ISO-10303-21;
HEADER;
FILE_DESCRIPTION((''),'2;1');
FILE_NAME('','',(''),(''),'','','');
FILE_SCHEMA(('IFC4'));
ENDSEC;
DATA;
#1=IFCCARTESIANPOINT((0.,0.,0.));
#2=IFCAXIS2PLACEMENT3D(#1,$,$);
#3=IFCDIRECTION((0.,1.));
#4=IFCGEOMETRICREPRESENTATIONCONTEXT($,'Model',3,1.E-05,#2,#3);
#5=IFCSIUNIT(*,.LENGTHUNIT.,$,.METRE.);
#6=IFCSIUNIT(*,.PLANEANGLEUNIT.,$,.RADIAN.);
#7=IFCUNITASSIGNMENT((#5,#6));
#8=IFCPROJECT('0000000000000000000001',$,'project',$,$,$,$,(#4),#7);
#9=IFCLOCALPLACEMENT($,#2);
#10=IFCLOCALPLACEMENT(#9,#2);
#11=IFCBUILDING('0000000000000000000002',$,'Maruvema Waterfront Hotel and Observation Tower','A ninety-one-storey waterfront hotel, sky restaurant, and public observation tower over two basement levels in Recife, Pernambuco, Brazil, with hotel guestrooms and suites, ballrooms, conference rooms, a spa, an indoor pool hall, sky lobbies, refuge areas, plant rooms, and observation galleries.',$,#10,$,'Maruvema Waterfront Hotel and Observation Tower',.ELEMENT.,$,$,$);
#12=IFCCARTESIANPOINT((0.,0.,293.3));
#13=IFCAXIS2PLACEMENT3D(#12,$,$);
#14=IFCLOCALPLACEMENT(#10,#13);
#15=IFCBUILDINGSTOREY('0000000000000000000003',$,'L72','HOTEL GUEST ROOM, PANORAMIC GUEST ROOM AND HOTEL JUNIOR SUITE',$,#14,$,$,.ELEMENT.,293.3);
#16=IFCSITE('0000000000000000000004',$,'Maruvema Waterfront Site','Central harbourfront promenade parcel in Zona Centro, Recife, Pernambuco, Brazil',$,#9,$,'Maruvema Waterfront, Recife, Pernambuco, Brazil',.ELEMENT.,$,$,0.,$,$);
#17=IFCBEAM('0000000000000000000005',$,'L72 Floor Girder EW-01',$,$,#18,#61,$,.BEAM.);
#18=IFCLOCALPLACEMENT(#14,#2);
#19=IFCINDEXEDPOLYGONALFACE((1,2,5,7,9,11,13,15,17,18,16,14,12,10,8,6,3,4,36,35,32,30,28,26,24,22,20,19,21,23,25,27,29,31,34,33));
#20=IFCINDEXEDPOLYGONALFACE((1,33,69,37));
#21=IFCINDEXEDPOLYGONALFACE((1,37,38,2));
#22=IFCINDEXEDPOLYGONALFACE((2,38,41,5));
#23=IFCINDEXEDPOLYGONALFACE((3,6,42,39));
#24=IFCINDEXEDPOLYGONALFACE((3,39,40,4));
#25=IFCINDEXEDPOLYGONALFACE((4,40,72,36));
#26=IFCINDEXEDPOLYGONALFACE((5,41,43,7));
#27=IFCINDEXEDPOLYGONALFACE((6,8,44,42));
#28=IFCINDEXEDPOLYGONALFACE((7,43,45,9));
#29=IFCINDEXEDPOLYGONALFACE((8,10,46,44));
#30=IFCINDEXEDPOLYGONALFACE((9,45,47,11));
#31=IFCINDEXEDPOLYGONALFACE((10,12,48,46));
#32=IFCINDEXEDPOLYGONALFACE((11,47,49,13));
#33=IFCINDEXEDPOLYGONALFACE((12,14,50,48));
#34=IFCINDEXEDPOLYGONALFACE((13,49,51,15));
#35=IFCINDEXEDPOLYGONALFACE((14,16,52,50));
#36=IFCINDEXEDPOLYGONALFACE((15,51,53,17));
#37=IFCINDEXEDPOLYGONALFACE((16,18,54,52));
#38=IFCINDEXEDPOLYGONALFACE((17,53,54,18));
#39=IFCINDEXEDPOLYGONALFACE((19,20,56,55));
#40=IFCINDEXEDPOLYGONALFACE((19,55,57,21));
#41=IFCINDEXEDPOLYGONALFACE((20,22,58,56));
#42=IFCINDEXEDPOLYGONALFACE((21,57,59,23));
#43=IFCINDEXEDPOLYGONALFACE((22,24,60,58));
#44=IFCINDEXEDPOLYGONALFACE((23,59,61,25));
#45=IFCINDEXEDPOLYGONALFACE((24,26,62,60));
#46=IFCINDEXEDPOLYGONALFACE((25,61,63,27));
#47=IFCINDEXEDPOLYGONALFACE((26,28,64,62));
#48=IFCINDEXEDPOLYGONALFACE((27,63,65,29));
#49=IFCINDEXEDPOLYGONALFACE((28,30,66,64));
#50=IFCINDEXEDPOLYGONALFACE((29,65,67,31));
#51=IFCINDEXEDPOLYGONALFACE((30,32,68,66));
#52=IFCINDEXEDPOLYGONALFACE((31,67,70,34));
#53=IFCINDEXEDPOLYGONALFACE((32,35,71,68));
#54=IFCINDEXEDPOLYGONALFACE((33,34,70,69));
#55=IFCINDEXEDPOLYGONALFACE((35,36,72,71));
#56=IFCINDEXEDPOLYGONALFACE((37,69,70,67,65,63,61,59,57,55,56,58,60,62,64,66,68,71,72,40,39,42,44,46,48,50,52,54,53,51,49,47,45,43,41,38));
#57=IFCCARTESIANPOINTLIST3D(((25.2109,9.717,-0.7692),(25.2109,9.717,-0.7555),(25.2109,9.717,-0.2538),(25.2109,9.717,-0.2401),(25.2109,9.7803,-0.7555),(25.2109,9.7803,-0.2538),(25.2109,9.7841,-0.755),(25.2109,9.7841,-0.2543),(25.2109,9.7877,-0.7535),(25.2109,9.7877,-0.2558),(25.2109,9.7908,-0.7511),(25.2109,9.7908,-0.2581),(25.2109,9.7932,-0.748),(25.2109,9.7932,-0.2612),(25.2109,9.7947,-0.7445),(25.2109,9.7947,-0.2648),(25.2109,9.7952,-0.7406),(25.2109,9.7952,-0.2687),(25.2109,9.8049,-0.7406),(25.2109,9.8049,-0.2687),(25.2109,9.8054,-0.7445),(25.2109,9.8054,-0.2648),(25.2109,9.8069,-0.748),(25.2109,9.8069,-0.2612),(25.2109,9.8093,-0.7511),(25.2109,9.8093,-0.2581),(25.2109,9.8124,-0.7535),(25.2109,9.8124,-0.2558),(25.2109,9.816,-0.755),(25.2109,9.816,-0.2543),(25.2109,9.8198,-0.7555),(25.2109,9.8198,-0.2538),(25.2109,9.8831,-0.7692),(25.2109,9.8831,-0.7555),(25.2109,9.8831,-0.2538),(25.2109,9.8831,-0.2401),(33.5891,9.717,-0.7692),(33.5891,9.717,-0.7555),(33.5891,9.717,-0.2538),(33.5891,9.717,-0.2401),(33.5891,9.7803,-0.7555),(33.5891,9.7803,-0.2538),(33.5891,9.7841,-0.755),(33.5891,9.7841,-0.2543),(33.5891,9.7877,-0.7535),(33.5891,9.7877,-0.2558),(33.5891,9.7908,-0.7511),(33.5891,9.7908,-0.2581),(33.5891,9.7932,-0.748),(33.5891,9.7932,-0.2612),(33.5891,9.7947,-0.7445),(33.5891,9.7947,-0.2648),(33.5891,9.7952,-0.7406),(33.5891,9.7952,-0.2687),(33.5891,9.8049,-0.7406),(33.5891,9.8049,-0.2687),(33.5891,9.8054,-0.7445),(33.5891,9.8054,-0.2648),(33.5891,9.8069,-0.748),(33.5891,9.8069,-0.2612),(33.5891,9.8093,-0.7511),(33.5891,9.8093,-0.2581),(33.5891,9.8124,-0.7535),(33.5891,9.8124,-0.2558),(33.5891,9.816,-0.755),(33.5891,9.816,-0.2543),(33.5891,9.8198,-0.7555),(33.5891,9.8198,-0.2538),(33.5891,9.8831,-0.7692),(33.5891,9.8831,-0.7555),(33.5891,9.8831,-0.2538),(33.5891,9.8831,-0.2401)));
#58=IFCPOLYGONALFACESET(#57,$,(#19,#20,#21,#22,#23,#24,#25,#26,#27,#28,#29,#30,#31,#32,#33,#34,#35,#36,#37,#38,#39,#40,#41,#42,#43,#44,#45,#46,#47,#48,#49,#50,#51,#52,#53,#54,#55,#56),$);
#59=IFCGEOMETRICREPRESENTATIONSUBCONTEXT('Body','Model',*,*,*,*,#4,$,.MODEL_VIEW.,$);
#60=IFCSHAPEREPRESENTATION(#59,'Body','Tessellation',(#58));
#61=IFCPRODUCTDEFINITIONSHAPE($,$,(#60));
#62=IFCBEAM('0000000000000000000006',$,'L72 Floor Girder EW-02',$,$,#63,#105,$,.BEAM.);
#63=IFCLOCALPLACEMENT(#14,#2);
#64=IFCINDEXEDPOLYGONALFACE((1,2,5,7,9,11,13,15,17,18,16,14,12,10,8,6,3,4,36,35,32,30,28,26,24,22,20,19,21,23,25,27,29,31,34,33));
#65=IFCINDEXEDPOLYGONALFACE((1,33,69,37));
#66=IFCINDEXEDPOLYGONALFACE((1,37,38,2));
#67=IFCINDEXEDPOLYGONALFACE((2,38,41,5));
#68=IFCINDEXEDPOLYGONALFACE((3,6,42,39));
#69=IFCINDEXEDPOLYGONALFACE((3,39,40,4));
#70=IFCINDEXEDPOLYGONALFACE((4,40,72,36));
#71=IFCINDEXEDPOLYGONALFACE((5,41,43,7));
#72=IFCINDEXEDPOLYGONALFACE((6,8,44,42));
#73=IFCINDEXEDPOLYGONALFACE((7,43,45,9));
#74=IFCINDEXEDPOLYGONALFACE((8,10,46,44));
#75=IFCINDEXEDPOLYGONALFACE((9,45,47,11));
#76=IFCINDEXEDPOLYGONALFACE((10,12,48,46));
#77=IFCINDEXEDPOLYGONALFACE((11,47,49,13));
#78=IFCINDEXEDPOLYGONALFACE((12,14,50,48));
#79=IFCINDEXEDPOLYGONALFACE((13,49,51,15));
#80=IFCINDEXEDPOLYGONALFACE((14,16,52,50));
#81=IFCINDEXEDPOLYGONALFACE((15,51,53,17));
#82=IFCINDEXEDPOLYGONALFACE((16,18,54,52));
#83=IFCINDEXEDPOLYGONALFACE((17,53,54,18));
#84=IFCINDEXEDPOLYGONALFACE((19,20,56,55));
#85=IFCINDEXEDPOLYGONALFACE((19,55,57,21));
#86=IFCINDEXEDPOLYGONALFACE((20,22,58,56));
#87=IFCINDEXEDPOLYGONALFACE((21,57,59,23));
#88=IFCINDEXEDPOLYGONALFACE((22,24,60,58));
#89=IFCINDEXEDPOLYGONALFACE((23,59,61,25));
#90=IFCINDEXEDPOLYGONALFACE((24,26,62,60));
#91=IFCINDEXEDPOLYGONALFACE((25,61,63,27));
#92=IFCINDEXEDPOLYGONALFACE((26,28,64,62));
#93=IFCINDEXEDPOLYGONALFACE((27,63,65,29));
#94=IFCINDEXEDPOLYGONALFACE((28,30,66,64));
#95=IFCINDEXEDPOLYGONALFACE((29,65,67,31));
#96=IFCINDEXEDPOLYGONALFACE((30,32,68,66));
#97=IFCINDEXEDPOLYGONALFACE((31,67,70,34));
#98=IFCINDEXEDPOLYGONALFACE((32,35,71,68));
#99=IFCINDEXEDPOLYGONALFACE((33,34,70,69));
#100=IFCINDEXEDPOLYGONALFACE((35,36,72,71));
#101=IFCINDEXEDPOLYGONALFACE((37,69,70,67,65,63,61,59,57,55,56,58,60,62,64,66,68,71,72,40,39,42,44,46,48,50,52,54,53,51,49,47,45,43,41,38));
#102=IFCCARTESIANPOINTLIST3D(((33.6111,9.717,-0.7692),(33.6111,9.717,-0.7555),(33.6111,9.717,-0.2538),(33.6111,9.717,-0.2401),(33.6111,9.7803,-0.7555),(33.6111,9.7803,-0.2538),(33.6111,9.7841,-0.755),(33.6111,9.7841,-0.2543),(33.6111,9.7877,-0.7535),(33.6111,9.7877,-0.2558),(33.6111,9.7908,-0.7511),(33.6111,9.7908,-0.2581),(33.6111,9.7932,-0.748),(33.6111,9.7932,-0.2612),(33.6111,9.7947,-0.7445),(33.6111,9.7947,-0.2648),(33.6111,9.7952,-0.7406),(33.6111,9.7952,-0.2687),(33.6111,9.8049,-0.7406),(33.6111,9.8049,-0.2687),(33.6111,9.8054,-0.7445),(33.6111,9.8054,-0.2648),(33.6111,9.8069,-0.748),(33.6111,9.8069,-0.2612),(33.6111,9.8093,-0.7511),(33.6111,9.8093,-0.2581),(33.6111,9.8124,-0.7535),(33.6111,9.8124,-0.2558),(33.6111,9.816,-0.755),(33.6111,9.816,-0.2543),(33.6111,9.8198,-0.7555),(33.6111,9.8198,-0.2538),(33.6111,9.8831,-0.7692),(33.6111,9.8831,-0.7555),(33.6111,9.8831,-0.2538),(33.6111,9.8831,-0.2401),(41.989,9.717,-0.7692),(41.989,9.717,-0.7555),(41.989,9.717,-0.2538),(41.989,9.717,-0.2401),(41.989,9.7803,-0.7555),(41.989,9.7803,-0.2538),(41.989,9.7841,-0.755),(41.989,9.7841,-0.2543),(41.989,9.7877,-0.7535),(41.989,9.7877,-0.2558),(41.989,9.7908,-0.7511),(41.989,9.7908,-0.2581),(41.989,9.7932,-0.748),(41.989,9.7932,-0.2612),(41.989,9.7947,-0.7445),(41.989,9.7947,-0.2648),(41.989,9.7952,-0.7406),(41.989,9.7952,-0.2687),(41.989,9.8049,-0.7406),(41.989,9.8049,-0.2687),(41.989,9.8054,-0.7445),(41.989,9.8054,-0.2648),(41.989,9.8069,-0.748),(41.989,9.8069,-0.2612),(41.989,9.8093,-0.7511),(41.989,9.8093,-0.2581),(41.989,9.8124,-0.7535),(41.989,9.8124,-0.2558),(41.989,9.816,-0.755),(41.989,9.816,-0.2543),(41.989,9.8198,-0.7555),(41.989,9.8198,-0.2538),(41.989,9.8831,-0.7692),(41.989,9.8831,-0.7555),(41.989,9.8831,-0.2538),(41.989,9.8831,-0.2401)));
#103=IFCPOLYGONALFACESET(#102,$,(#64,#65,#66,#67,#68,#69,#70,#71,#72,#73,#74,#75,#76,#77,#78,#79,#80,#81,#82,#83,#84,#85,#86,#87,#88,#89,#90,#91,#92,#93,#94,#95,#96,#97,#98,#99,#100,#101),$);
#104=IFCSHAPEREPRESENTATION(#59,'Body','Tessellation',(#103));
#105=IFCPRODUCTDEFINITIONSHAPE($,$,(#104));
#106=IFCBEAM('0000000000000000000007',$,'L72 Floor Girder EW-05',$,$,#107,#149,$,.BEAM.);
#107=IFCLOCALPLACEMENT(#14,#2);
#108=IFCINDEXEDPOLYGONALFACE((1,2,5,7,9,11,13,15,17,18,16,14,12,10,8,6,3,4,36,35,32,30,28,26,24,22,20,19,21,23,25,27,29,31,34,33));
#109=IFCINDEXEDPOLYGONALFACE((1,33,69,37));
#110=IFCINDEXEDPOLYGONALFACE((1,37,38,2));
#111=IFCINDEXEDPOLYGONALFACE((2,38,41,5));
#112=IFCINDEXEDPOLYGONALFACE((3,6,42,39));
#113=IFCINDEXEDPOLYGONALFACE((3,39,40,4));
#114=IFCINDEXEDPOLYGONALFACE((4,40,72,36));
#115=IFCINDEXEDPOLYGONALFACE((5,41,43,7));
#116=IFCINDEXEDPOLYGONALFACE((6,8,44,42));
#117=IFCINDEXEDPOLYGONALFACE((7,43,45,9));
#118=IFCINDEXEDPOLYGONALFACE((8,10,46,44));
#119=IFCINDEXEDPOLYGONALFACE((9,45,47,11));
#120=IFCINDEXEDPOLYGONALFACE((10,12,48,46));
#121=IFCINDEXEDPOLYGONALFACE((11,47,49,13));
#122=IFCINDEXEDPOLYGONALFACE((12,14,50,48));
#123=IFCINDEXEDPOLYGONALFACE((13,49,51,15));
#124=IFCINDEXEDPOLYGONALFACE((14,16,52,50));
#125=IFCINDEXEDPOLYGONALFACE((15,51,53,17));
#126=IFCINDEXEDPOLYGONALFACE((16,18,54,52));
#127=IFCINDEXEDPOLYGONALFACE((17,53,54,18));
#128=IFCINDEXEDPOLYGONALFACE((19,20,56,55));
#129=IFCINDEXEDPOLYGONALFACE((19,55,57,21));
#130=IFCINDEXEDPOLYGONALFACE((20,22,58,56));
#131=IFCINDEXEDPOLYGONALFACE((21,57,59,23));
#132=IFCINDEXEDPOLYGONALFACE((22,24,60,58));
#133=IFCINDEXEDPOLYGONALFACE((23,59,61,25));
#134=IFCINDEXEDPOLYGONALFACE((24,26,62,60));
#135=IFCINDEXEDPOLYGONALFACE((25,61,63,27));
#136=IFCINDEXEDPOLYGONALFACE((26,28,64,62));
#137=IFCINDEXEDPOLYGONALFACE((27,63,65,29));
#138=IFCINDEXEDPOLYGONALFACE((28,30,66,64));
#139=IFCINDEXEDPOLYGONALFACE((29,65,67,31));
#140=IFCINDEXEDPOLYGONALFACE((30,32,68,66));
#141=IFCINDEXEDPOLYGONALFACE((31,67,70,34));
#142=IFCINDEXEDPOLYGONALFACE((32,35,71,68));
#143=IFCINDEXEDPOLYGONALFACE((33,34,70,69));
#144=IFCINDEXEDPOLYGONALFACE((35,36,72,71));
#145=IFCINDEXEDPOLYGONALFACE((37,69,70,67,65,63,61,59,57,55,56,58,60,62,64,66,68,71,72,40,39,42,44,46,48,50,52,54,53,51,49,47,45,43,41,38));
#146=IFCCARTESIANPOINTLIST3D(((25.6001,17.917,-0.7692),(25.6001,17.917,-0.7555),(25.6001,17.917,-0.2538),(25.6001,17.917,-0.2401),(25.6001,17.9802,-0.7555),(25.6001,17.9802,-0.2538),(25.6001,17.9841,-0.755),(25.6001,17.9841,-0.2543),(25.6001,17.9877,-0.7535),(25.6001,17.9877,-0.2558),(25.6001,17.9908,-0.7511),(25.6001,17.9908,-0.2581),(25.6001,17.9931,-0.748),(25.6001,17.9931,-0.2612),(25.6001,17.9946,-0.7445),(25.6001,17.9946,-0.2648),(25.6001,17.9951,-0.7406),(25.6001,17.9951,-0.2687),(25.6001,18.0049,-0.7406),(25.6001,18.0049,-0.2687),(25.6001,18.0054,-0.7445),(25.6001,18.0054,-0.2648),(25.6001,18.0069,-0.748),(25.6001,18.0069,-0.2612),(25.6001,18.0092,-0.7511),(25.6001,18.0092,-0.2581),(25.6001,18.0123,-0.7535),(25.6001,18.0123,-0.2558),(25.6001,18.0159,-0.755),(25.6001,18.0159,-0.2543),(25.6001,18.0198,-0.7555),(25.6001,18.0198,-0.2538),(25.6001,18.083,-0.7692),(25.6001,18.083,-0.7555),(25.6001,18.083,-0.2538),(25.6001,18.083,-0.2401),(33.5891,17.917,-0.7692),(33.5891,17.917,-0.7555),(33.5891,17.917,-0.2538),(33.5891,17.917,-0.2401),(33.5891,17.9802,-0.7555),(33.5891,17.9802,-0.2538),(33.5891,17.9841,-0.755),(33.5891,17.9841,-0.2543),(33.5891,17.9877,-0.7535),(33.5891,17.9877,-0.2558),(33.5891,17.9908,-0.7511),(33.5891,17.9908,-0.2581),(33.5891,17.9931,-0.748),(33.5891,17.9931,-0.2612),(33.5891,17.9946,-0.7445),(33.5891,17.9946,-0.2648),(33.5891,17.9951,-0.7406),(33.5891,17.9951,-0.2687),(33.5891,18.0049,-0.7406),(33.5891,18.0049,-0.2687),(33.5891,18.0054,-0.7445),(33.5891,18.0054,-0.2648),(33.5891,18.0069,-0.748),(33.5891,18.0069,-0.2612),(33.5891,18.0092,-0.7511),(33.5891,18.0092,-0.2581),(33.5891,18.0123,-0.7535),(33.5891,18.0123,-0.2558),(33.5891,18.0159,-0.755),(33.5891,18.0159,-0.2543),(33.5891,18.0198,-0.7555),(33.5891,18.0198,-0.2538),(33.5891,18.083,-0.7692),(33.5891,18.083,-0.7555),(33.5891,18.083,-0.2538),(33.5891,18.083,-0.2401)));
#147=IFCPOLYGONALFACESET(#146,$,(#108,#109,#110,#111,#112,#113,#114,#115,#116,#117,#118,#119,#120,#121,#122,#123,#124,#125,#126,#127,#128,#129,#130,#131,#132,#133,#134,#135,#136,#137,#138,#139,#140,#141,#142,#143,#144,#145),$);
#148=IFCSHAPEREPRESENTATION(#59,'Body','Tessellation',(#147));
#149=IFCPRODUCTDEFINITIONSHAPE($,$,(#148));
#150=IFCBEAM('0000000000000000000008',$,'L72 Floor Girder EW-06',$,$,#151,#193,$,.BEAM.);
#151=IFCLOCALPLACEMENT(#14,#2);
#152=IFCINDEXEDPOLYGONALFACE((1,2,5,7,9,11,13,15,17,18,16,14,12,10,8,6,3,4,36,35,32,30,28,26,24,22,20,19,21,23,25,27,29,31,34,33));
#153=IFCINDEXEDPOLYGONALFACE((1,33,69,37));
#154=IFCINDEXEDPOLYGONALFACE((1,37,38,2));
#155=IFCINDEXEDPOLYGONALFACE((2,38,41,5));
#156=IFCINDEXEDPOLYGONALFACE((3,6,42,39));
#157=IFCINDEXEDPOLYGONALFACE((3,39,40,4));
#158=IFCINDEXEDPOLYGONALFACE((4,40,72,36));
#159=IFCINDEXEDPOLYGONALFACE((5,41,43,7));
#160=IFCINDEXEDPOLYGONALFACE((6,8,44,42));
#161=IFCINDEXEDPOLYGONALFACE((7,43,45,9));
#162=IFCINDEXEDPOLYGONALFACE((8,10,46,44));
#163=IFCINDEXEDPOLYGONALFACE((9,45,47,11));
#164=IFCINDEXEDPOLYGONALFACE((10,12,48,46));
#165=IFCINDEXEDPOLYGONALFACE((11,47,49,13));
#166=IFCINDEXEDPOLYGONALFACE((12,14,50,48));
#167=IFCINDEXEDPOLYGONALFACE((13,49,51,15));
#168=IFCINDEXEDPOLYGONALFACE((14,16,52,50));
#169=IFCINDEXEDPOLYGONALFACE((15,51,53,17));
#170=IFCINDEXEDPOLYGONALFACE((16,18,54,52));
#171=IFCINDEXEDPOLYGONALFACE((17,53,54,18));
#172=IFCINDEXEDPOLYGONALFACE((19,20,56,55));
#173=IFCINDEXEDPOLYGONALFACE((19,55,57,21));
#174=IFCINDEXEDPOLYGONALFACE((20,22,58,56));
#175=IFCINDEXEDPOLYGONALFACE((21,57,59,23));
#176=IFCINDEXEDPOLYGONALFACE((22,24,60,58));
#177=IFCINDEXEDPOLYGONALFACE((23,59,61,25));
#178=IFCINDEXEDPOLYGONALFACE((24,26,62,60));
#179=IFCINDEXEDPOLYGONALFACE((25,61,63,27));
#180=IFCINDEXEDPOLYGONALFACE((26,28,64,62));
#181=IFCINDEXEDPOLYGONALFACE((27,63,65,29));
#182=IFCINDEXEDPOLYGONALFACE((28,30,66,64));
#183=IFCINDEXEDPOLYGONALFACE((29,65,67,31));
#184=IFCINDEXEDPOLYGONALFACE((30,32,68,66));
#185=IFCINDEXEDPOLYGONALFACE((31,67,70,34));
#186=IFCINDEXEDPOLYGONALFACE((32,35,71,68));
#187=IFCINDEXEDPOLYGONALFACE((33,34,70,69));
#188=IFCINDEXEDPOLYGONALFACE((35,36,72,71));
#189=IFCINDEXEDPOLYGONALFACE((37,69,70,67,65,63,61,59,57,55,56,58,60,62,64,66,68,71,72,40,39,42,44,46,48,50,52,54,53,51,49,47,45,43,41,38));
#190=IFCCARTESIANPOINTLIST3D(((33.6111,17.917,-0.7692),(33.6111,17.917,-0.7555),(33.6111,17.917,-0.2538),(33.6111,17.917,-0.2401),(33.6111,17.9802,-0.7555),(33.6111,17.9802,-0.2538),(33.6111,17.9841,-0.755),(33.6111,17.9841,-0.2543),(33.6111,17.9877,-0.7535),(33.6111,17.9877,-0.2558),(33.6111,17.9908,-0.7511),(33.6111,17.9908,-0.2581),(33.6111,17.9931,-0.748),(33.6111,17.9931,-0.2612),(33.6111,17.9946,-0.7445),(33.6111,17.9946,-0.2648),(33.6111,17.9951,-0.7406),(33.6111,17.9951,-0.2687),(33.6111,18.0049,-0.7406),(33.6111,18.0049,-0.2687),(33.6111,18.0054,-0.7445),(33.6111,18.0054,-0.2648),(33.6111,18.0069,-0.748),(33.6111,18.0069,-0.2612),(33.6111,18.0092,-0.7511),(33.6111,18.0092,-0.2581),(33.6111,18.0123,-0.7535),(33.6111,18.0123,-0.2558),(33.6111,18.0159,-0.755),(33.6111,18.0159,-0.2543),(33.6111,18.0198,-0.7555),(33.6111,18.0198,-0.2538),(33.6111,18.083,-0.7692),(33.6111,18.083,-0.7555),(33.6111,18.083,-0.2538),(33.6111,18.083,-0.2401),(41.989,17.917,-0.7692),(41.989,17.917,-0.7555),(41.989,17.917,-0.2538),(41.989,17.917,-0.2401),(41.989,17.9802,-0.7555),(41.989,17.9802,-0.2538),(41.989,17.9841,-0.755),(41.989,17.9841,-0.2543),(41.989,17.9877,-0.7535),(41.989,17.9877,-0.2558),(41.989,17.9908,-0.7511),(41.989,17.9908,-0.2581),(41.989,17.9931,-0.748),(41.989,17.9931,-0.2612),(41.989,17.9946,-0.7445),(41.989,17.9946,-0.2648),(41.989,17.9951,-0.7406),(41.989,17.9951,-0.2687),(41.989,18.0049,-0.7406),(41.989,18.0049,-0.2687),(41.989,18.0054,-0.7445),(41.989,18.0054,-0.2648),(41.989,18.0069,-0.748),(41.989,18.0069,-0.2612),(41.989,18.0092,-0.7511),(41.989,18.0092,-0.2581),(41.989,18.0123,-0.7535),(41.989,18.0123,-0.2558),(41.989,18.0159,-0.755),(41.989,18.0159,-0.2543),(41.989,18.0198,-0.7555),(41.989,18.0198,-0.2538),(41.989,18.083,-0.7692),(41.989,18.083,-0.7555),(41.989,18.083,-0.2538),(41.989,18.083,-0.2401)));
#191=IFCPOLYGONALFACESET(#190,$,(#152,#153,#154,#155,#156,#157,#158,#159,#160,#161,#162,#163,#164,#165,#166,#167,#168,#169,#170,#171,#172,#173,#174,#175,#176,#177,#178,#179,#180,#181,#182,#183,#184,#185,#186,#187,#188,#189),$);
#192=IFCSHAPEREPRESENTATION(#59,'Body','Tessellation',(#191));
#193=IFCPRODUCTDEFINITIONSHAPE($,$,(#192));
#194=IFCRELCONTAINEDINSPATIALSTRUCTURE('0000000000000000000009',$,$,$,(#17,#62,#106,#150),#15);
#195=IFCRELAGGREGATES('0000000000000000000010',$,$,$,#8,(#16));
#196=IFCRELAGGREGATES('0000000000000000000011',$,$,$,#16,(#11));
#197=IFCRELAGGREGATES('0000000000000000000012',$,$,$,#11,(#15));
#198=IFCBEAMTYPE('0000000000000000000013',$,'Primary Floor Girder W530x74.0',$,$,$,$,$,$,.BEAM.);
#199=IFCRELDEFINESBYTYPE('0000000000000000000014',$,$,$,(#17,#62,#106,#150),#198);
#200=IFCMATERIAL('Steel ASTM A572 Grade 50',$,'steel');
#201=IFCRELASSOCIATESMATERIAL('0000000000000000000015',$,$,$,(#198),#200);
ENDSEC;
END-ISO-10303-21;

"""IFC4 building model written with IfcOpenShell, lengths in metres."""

from ifc_helpers import new_model, si_unit, direction, frame, origin, origin_2d, place, context, subcontext, project, spatial, i_section, extrude, material, material_profile, profile_set, type_object, element, save


model = new_model("IFC4")

# Units and contexts
model_context = context("Model", 3, precision=1e-05, world=origin(), true_north=direction((0.0, 1.0)))
body_context = subcontext(model_context, "Body", "Model", "MODEL_VIEW")
ifc_project = project(units=[si_unit("LENGTHUNIT", "METRE"), si_unit("PLANEANGLEUNIT", "RADIAN")], contexts=[model_context])

# Site, building, storey
site_placement = place(None, origin())
site = spatial("IfcSite", under=ifc_project, at=site_placement, Name="Maruvema Waterfront Site", Description="Central harbourfront promenade parcel in Zona Centro, Recife, Pernambuco, Brazil", LongName="Maruvema Waterfront, Recife, Pernambuco, Brazil", CompositionType="ELEMENT", RefElevation=0.0)
building_placement = place(site_placement, origin())
building = spatial("IfcBuilding", under=site, at=building_placement, Name="Maruvema Waterfront Hotel and Observation Tower", Description="A ninety-one-storey waterfront hotel, sky restaurant, and public observation tower over two basement levels in Recife, Pernambuco, Brazil, with hotel guestrooms and suites, ballrooms, conference rooms, a spa, an indoor pool hall, sky lobbies, refuge areas, plant rooms, and observation galleries.", LongName="Maruvema Waterfront Hotel and Observation Tower", CompositionType="ELEMENT")
storey_placement = place(building_placement, frame((0.0, 0.0, 293.3)))
storey = spatial("IfcBuildingStorey", under=building, at=storey_placement, Name="L72", Description="HOTEL GUEST ROOM, PANORAMIC GUEST ROOM AND HOTEL JUNIOR SUITE", CompositionType="ELEMENT", Elevation=293.3)

# Beams
ifc_material_1 = material(Name="Steel ASTM A572 Grade 50", Category="steel")
ifc_material_profile_1 = material_profile(ifc_material_1, i_section(OverallWidth=0.166, OverallDepth=0.5291, WebThickness=0.0098, FlangeThickness=0.0137, FilletRadius=0.0149, at=origin_2d()), Name="W530x74.0")
ifc_profile_set_1 = profile_set([ifc_material_profile_1], Name="Steel ASTM A572 Grade 50")
beam_type_1 = type_object("IfcBeamType", Name="Primary Floor Girder W530x74.0", PredefinedType="BEAM", material=ifc_profile_set_1)
beam_1_placement = place(storey_placement, frame((25.2109, 9.8, -0.5046), z_axis=(1.0, 0.0, 0.0), x_axis=(0.0, 1.0, 0.0)))
element("IfcBeam", 1, at=beam_1_placement, inside=storey, type_object=beam_type_1, Name="L72 Floor Girder EW-01", PredefinedType="BEAM", context=body_context, shape_type="SweptSolid", body=[
    extrude(i_section(OverallWidth=0.166, OverallDepth=0.5291, WebThickness=0.0098, FlangeThickness=0.0137, FilletRadius=0.0149, at=origin_2d()), origin(), (0.0, 0.0, 1.0), 8.3782),
])
beam_2_placement = place(storey_placement, frame((33.6111, 9.8, -0.5046), z_axis=(1.0, 0.0, 0.0), x_axis=(0.0, 1.0, 0.0)))
element("IfcBeam", 2, at=beam_2_placement, inside=storey, type_object=beam_type_1, Name="L72 Floor Girder EW-02", PredefinedType="BEAM", context=body_context, shape_type="SweptSolid", body=[
    extrude(i_section(OverallWidth=0.166, OverallDepth=0.5291, WebThickness=0.0098, FlangeThickness=0.0137, FilletRadius=0.0149, at=origin_2d()), origin(), (0.0, 0.0, 1.0), 8.3779),
])
beam_3_placement = place(storey_placement, frame((25.6001, 18.0, -0.5046), z_axis=(1.0, 0.0, 0.0), x_axis=(0.0, 1.0, 0.0)))
element("IfcBeam", 3, at=beam_3_placement, inside=storey, type_object=beam_type_1, Name="L72 Floor Girder EW-05", PredefinedType="BEAM", context=body_context, shape_type="SweptSolid", body=[
    extrude(i_section(OverallWidth=0.166, OverallDepth=0.5291, WebThickness=0.0098, FlangeThickness=0.0137, FilletRadius=0.0149, at=origin_2d()), origin(), (0.0, 0.0, 1.0), 7.989),
])
beam_4_placement = place(storey_placement, frame((33.6111, 18.0, -0.5046), z_axis=(1.0, 0.0, 0.0), x_axis=(0.0, 1.0, 0.0)))
element("IfcBeam", 4, at=beam_4_placement, inside=storey, type_object=beam_type_1, Name="L72 Floor Girder EW-06", PredefinedType="BEAM", context=body_context, shape_type="SweptSolid", body=[
    extrude(i_section(OverallWidth=0.166, OverallDepth=0.5291, WebThickness=0.0098, FlangeThickness=0.0137, FilletRadius=0.0149, at=origin_2d()), origin(), (0.0, 0.0, 1.0), 8.3779),
])

save(model, "model.ifc")
